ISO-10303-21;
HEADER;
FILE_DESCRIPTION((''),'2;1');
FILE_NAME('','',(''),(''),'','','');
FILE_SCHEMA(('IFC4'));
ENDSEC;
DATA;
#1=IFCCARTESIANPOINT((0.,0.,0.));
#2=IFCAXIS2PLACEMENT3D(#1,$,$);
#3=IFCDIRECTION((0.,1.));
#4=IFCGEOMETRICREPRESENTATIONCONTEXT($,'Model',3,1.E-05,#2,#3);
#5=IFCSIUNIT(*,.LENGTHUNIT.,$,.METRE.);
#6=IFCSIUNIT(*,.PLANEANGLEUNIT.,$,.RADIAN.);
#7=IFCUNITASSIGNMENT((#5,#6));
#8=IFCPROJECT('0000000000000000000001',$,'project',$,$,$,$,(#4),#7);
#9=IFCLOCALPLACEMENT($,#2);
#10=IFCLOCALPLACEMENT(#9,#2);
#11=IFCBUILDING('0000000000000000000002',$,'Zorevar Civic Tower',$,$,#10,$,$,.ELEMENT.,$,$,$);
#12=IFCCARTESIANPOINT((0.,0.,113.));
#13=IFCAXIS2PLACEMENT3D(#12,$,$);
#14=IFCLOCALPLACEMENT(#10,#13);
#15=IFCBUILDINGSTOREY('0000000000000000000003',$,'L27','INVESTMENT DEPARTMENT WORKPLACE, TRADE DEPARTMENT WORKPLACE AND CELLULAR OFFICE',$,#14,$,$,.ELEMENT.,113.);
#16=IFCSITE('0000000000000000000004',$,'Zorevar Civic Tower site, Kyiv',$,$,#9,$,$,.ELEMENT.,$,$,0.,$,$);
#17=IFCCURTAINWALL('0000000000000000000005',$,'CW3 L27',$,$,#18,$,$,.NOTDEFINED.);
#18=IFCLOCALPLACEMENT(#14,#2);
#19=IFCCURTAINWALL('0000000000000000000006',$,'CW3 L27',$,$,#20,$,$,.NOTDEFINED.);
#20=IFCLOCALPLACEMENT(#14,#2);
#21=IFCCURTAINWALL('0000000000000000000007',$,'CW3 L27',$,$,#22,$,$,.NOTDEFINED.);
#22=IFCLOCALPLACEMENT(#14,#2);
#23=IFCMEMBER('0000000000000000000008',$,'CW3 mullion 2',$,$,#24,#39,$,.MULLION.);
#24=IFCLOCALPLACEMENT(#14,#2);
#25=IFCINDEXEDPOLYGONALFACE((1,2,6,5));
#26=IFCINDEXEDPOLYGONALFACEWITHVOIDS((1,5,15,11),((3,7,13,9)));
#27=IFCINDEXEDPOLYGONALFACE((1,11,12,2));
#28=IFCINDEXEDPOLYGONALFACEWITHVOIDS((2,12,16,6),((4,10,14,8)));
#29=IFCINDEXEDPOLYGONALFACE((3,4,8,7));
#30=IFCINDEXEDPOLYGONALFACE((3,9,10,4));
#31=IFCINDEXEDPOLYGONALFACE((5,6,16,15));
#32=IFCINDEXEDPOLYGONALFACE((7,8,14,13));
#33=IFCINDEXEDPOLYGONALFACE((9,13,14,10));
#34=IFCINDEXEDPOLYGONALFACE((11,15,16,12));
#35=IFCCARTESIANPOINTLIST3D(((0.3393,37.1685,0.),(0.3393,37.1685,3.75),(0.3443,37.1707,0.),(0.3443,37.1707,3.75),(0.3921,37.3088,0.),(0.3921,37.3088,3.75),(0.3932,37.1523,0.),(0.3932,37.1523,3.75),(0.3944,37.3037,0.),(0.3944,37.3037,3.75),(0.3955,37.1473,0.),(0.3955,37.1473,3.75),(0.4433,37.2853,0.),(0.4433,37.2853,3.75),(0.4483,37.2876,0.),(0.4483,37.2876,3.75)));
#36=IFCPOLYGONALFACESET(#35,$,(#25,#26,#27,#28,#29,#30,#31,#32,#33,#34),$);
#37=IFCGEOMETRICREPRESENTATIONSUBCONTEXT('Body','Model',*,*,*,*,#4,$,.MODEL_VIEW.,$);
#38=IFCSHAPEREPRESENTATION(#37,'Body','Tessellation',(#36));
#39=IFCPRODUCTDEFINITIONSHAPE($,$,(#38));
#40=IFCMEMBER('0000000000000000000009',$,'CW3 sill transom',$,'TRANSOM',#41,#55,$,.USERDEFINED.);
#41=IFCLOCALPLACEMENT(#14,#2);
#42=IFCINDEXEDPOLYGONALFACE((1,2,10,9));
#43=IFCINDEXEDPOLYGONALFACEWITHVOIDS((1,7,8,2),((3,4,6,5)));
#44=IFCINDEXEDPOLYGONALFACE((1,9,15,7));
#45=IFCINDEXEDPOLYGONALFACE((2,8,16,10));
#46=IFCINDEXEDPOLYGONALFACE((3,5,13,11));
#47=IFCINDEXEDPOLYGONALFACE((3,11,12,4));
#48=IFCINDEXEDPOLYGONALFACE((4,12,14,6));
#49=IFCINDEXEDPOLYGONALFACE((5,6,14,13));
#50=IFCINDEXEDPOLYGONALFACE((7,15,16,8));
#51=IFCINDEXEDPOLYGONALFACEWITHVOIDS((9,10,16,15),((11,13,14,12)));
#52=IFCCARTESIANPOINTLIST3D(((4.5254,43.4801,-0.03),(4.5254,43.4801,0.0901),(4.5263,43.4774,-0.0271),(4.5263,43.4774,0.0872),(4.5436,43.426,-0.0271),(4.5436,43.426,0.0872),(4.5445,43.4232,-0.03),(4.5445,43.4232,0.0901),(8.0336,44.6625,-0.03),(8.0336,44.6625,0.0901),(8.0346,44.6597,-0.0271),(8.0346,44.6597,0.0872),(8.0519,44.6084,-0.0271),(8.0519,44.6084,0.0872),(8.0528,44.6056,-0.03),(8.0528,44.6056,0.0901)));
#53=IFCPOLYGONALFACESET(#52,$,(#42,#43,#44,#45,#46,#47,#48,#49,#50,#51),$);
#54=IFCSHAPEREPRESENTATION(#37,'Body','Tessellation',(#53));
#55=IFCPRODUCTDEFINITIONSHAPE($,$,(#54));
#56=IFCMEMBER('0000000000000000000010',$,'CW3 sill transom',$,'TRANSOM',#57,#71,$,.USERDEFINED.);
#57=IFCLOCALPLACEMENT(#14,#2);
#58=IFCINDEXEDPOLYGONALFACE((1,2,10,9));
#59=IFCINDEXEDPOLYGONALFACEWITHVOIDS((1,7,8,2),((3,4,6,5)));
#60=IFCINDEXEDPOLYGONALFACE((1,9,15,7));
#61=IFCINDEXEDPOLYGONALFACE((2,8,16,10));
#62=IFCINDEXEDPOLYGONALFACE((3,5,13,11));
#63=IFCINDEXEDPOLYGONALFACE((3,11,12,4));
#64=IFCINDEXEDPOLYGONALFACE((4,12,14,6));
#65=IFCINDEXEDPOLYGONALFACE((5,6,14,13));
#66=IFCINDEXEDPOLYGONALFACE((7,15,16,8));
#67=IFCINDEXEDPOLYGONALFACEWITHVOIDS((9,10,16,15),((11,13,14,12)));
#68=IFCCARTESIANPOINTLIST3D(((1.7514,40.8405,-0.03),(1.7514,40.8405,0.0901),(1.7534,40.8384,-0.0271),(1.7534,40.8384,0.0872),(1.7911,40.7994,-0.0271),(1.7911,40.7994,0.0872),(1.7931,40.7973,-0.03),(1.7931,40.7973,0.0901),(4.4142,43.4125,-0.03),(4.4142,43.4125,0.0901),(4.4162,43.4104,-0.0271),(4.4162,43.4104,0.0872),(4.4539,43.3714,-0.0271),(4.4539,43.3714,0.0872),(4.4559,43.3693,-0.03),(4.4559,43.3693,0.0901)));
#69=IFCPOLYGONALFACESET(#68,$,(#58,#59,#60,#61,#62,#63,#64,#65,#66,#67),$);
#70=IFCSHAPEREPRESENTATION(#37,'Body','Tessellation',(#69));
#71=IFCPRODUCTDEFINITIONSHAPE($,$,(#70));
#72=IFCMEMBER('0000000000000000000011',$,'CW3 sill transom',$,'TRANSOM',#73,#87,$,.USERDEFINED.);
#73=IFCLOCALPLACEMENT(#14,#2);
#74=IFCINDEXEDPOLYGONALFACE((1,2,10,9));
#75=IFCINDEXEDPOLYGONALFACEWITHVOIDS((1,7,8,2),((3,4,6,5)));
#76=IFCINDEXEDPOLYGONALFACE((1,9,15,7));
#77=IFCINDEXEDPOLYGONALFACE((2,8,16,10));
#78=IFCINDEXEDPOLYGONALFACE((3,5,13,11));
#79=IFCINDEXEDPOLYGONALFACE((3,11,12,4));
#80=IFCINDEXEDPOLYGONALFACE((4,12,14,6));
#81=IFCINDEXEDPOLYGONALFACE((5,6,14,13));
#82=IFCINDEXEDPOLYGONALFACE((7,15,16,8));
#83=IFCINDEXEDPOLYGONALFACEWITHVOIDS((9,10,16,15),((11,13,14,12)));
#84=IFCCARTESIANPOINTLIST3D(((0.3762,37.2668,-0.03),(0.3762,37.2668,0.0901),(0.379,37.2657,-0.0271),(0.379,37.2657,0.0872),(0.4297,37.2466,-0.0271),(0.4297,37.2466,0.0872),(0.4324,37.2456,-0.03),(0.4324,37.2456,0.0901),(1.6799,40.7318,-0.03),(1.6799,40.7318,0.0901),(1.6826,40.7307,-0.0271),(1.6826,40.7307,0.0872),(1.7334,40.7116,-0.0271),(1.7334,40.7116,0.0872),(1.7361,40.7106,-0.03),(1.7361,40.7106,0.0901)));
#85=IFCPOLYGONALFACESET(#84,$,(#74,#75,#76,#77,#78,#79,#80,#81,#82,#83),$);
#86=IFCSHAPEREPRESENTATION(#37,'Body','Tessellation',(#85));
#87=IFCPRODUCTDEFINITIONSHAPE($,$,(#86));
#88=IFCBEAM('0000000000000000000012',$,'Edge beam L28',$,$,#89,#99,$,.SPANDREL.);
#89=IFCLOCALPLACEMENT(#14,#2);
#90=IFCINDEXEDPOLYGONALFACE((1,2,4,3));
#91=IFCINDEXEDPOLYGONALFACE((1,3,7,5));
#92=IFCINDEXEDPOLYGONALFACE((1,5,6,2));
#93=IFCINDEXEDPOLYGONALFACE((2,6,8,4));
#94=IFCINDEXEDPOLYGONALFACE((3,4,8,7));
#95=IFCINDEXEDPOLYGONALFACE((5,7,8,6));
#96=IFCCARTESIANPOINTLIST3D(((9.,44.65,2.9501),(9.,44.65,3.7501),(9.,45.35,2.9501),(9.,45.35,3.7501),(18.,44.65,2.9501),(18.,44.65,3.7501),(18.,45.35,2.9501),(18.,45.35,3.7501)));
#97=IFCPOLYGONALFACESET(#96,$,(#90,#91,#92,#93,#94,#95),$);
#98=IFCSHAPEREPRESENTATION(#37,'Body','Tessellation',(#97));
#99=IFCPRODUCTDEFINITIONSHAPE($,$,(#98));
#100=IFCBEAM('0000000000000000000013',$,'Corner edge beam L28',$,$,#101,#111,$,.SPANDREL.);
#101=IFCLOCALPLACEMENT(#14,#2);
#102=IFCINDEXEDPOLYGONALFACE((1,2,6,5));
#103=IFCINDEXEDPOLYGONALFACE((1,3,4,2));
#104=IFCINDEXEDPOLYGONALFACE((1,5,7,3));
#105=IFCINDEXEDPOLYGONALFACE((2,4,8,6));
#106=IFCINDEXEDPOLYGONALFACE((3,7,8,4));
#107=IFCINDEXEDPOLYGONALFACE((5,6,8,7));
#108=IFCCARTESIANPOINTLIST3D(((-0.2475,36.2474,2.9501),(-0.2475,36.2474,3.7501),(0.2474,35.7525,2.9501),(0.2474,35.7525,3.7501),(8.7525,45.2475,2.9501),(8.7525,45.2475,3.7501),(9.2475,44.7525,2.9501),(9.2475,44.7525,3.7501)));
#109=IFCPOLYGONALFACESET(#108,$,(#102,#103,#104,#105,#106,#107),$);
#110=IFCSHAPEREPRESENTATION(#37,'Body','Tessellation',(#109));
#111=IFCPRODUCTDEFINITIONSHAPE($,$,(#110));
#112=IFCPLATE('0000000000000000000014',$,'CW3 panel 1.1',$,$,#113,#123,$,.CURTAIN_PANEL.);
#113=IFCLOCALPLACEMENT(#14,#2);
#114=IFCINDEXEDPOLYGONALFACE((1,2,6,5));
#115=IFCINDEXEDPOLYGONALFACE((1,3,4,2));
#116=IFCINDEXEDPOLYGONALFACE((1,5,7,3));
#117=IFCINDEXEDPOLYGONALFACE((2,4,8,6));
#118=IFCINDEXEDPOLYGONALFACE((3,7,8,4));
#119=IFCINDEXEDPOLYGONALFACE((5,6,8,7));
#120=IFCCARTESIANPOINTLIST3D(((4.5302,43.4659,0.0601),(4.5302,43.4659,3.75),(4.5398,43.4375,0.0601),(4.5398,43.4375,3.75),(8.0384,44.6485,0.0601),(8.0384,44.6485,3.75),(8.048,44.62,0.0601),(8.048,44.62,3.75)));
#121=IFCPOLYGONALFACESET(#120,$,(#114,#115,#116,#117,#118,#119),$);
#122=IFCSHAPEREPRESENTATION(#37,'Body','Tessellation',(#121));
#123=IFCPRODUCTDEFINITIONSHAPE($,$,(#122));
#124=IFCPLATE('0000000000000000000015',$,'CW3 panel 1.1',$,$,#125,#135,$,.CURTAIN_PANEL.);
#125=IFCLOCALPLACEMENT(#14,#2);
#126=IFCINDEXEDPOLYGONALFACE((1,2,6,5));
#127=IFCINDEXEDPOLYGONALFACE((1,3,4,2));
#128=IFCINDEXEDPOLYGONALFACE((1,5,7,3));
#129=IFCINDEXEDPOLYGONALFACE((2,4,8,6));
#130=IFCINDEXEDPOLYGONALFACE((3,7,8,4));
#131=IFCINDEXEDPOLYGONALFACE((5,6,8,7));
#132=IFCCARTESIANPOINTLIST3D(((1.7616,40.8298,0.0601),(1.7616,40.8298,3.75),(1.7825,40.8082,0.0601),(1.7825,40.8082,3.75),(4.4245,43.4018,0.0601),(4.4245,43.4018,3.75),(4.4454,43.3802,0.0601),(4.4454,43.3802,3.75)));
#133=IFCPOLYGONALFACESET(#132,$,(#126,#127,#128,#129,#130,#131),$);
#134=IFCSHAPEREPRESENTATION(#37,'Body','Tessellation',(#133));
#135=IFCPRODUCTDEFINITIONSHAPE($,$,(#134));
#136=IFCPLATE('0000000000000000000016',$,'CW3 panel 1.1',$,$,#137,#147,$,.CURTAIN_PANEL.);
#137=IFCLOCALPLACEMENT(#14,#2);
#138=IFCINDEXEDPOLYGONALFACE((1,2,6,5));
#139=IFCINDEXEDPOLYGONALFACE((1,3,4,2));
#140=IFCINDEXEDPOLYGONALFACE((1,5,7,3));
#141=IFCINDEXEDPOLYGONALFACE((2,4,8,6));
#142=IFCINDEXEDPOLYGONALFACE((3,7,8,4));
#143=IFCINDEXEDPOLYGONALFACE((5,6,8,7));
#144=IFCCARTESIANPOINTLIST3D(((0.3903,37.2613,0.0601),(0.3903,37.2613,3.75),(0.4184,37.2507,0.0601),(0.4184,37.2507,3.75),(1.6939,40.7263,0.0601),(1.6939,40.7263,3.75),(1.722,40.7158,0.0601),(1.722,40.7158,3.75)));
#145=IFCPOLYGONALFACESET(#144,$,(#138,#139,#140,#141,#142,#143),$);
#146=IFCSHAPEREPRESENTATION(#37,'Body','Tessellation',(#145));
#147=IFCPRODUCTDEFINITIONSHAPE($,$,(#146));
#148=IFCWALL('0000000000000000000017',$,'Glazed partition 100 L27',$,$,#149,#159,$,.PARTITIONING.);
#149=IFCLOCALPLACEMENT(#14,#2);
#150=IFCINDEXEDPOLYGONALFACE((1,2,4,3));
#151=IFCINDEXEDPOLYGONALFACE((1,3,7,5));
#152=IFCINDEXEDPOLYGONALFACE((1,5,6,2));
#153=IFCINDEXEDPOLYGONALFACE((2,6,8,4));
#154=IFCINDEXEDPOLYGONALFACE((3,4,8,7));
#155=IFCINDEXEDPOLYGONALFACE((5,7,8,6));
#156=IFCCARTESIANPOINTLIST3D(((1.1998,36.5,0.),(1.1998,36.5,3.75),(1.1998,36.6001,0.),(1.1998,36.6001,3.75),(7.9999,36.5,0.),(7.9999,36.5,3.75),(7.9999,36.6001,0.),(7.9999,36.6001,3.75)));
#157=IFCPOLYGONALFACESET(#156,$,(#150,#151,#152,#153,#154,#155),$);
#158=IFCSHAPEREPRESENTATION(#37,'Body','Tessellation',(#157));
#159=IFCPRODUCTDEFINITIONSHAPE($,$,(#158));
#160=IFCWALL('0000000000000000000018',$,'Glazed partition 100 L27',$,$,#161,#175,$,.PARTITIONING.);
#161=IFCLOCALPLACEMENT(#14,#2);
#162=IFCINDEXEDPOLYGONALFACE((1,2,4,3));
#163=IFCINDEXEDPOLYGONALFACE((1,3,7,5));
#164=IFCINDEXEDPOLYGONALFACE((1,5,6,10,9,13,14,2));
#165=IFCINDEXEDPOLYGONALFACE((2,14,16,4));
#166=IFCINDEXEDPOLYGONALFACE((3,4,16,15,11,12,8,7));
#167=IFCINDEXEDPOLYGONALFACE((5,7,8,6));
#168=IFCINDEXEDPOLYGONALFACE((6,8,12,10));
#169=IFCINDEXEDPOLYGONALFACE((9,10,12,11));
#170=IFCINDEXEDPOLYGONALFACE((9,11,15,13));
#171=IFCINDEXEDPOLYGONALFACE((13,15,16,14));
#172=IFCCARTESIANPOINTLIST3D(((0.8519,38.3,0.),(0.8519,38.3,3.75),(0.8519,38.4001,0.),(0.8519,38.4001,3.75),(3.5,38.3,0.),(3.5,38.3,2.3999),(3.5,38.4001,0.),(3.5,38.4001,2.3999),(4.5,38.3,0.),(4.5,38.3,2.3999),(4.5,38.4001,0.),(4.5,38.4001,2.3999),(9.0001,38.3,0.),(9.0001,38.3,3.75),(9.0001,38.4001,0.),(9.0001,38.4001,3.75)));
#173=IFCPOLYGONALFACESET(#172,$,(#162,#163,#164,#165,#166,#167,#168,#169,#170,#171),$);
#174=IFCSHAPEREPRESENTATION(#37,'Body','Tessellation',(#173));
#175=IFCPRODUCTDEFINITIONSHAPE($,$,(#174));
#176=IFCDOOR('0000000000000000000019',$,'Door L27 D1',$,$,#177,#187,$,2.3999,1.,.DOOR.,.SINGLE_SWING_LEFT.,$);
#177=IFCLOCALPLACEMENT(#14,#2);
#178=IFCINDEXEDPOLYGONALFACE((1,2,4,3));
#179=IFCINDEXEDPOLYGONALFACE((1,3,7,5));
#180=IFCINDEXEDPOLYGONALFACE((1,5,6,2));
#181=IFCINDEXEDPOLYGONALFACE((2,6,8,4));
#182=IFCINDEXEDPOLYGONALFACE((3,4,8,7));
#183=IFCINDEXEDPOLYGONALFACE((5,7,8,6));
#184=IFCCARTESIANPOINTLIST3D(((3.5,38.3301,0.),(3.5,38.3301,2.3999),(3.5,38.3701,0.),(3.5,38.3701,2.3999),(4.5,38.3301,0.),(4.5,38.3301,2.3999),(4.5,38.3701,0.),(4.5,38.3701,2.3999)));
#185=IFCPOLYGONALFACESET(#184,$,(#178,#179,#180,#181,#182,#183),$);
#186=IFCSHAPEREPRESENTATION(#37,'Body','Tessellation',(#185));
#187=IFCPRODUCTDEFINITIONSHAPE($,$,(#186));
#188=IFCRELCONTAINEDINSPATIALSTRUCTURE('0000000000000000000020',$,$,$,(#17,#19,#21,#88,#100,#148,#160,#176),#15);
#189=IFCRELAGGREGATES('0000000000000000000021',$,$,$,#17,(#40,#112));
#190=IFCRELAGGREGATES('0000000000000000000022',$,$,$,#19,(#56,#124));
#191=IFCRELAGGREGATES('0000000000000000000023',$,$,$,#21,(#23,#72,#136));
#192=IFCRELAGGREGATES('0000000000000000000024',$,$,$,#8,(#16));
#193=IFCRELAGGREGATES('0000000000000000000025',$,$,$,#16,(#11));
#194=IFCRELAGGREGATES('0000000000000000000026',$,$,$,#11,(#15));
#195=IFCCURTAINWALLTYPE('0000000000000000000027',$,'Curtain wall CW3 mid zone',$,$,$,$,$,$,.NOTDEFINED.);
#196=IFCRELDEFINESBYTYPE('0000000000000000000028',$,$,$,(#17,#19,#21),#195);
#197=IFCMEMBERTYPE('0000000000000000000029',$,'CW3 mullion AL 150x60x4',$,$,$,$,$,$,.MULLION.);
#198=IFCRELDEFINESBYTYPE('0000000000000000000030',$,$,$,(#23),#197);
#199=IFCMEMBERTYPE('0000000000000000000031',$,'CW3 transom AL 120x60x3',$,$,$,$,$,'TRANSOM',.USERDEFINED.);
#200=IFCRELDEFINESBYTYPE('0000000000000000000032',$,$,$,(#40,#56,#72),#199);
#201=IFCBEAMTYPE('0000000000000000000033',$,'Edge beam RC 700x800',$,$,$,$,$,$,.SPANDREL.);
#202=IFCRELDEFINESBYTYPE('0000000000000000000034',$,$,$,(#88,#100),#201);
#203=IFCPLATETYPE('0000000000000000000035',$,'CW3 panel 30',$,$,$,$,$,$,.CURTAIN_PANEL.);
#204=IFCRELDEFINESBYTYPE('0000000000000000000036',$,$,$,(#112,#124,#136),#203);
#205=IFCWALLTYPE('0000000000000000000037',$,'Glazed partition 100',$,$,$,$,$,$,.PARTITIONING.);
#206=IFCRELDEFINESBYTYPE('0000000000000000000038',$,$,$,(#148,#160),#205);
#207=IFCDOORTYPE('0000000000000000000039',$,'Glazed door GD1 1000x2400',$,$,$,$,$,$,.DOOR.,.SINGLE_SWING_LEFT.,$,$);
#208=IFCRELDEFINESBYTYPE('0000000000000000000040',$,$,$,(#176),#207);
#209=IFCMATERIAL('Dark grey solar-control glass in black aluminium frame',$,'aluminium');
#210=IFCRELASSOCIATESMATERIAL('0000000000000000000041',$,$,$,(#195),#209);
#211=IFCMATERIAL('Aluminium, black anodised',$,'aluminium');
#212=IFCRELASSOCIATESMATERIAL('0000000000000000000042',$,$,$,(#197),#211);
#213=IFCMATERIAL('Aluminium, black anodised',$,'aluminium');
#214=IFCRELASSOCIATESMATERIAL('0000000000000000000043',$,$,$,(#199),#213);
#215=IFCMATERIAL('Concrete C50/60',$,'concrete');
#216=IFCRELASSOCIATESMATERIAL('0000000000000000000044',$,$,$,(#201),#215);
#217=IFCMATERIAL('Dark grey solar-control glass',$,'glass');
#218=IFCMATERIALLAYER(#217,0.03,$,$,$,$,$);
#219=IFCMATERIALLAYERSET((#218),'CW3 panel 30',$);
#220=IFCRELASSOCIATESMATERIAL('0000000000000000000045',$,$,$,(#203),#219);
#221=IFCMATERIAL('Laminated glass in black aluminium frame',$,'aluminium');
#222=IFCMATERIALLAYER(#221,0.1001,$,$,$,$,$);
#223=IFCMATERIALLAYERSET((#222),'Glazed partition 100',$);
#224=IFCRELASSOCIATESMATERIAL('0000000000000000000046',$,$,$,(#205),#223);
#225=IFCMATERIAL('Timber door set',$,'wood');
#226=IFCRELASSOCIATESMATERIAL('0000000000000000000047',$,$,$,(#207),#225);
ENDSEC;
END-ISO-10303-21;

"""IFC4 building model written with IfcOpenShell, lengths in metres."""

from ifc_helpers import new_model, si_unit, direction, frame, frame_2d, origin, origin_2d, place, context, subcontext, project, spatial, rectangle, hollow_rectangle, extrude, material, layer, layer_set, material_profile, profile_set, type_object, element, fill, aggregate, save


model = new_model("IFC4")

# Units and contexts
model_context = context("Model", 3, precision=1e-05, world=origin(), true_north=direction((0.0, 1.0)))
body_context = subcontext(model_context, "Body", "Model", "MODEL_VIEW")
ifc_project = project(units=[si_unit("LENGTHUNIT", "METRE"), si_unit("PLANEANGLEUNIT", "RADIAN")], contexts=[model_context])

# Site, building, storey
site_placement = place(None, origin())
site = spatial("IfcSite", under=ifc_project, at=site_placement, Name="Zorevar Civic Tower site, Kyiv", CompositionType="ELEMENT", RefElevation=0.0)
building_placement = place(site_placement, origin())
building = spatial("IfcBuilding", under=site, at=building_placement, Name="Zorevar Civic Tower", CompositionType="ELEMENT")
storey_placement = place(building_placement, frame((0.0, 0.0, 113.0)))
storey = spatial("IfcBuildingStorey", under=building, at=storey_placement, Name="L27", Description="INVESTMENT DEPARTMENT WORKPLACE, TRADE DEPARTMENT WORKPLACE AND CELLULAR OFFICE", CompositionType="ELEMENT", Elevation=113.0)

# Curtain walls, member
ifc_material_1 = material(Name="Dark grey solar-control glass in black aluminium frame", Category="aluminium")
curtain_wall_type = type_object("IfcCurtainWallType", Name="Curtain wall CW3 mid zone", PredefinedType="NOTDEFINED", material=ifc_material_1)
curtain_wall_1_placement = place(storey_placement, origin())
curtain_wall_1 = element("IfcCurtainWall", 1, at=curtain_wall_1_placement, inside=storey, type_object=curtain_wall_type, Name="CW3 L27", PredefinedType="NOTDEFINED")
ifc_material_2 = material(Name="Aluminium, black anodised", Category="aluminium")
ifc_material_profile_1 = material_profile(ifc_material_2, hollow_rectangle(XDim=0.0601, YDim=0.1499, WallThickness=0.0039, at=origin_2d()), Name="AL 150x60x4")
ifc_profile_set_1 = profile_set([ifc_material_profile_1], Name="Aluminium, black anodised")
member_type_1 = type_object("IfcMemberType", Name="CW3 mullion AL 150x60x4", PredefinedType="MULLION", material=ifc_profile_set_1)
curtain_wall_2_placement = place(storey_placement, origin())
curtain_wall_2 = element("IfcCurtainWall", 2, at=curtain_wall_2_placement, inside=storey, type_object=curtain_wall_type, Name="CW3 L27", PredefinedType="NOTDEFINED")
curtain_wall_3_placement = place(storey_placement, origin())
curtain_wall_3 = element("IfcCurtainWall", 3, at=curtain_wall_3_placement, inside=storey, type_object=curtain_wall_type, Name="CW3 L27", PredefinedType="NOTDEFINED")
member_1_placement = place(storey_placement, frame((0.3938, 37.228, 0.0), z_axis=(0.0, 0.0, 1.0), x_axis=(0.935951, -0.352132, 0.0)))
member_1 = element("IfcMember", 4, at=member_1_placement, type_object=member_type_1, Name="CW3 mullion 2", PredefinedType="MULLION", context=body_context, shape_type="SweptSolid", body=[
    extrude(hollow_rectangle(XDim=0.0601, YDim=0.1499, WallThickness=0.0039, at=origin_2d()), origin(), (0.0, 0.0, 1.0), 3.75),
])

# Members
ifc_material_3 = material(Name="Aluminium, black anodised", Category="aluminium")
ifc_material_profile_2 = material_profile(ifc_material_3, hollow_rectangle(XDim=0.0601, YDim=0.1201, WallThickness=0.0029, at=origin_2d()), Name="AL 120x60x3")
ifc_profile_set_2 = profile_set([ifc_material_profile_2], Name="Aluminium, black anodised")
member_type_2 = type_object("IfcMemberType", Name="CW3 transom AL 120x60x3", ElementType="TRANSOM", PredefinedType="USERDEFINED", material=ifc_profile_set_2)
member_2_placement = place(storey_placement, frame((8.0432, 44.634, 0.03), z_axis=(-0.94763, -0.319372, 0.0), x_axis=(0.319372, -0.94763, 0.0)))
member_2 = element("IfcMember", 5, at=member_2_placement, type_object=member_type_2, Name="CW3 sill transom", ObjectType="TRANSOM", PredefinedType="USERDEFINED", context=body_context, shape_type="SweptSolid", body=[
    extrude(hollow_rectangle(XDim=0.0601, YDim=0.1201, WallThickness=0.0029, at=origin_2d()), origin(), (0.0, 0.0, 1.0), 3.7021),
])
member_3_placement = place(storey_placement, frame((4.4351, 43.3909, 0.03), z_axis=(-0.719266, -0.694735, 0.0), x_axis=(0.694735, -0.719266, 0.0)))
member_3 = element("IfcMember", 6, at=member_3_placement, type_object=member_type_2, Name="CW3 sill transom", ObjectType="TRANSOM", PredefinedType="USERDEFINED", context=body_context, shape_type="SweptSolid", body=[
    extrude(hollow_rectangle(XDim=0.0601, YDim=0.1201, WallThickness=0.0029, at=origin_2d()), origin(), (0.0, 0.0, 1.0), 3.7021),
])
member_4_placement = place(storey_placement, frame((1.708, 40.7212, 0.03), z_axis=(-0.352142, -0.935947, 0.0), x_axis=(0.935947, -0.352142, 0.0)))
member_4 = element("IfcMember", 7, at=member_4_placement, type_object=member_type_2, Name="CW3 sill transom", ObjectType="TRANSOM", PredefinedType="USERDEFINED", context=body_context, shape_type="SweptSolid", body=[
    extrude(hollow_rectangle(XDim=0.0601, YDim=0.1201, WallThickness=0.0029, at=origin_2d()), origin(), (0.0, 0.0, 1.0), 3.7021),
])

# Beams
ifc_material_4 = material(Name="Concrete C50/60", Category="concrete")
ifc_material_profile_3 = material_profile(ifc_material_4, rectangle(XDim=0.7, YDim=0.8, at=origin_2d()), Name="RC 700x800")
ifc_profile_set_3 = profile_set([ifc_material_profile_3], Name="Concrete C50/60")
beam_type_1 = type_object("IfcBeamType", Name="Edge beam RC 700x800", PredefinedType="SPANDREL", material=ifc_profile_set_3)
beam_1_placement = place(storey_placement, frame((9.0, 45.0, 3.3501), z_axis=(1.0, 0.0, 0.0), x_axis=(0.0, 1.0, 0.0)))
element("IfcBeam", 8, at=beam_1_placement, inside=storey, type_object=beam_type_1, Name="Edge beam L28", PredefinedType="SPANDREL", context=body_context, shape_type="SweptSolid", body=[
    extrude(rectangle(XDim=0.7, YDim=0.8, at=origin_2d()), origin(), (0.0, 0.0, 1.0), 9.0),
])
beam_2_placement = place(storey_placement, frame((9.0, 45.0, 3.3501), z_axis=(-0.707107, -0.707107, 0.0), x_axis=(0.707107, -0.707107, 0.0)))
element("IfcBeam", 9, at=beam_2_placement, inside=storey, type_object=beam_type_1, Name="Corner edge beam L28", PredefinedType="SPANDREL", context=body_context, shape_type="SweptSolid", body=[
    extrude(rectangle(XDim=0.7, YDim=0.8, at=origin_2d()), origin(), (0.0, 0.0, 1.0), 12.728),
])

# Plates
ifc_material_5 = material(Name="Dark grey solar-control glass", Category="glass")
ifc_layer_1 = layer(ifc_material_5, 0.03)
ifc_layer_set_1 = layer_set([ifc_layer_1], Name="CW3 panel 30")
plate_type = type_object("IfcPlateType", Name="CW3 panel 30", PredefinedType="CURTAIN_PANEL", material=ifc_layer_set_1)
plate_1_placement = place(storey_placement, frame((6.2891, 44.043, 0.0601), z_axis=(0.0, 0.0, 1.0), x_axis=(-0.947616, -0.319413, 0.0)))
plate_1 = element("IfcPlate", 10, at=plate_1_placement, type_object=plate_type, Name="CW3 panel 1.1", PredefinedType="CURTAIN_PANEL", context=body_context, shape_type="SweptSolid", body=[
    extrude(rectangle(XDim=3.7021, YDim=0.03, at=origin_2d()), origin(), (0.0, 0.0, 1.0), 3.6899),
])
aggregate(curtain_wall_1, [member_2, plate_1])
plate_2_placement = place(storey_placement, frame((3.1035, 42.105, 0.0601), z_axis=(0.0, 0.0, 1.0), x_axis=(-0.719281, -0.694719, 0.0)))
plate_2 = element("IfcPlate", 11, at=plate_2_placement, type_object=plate_type, Name="CW3 panel 1.1", PredefinedType="CURTAIN_PANEL", context=body_context, shape_type="SweptSolid", body=[
    extrude(rectangle(XDim=3.7021, YDim=0.03, at=origin_2d()), origin(), (0.0, 0.0, 1.0), 3.6899),
])
aggregate(curtain_wall_2, [member_3, plate_2])
plate_3_placement = place(storey_placement, frame((1.0562, 38.9885, 0.0601), z_axis=(0.0, 0.0, 1.0), x_axis=(-0.352132, -0.935951, 0.0)))
plate_3 = element("IfcPlate", 12, at=plate_3_placement, type_object=plate_type, Name="CW3 panel 1.1", PredefinedType="CURTAIN_PANEL", context=body_context, shape_type="SweptSolid", body=[
    extrude(rectangle(XDim=3.7021, YDim=0.03, at=origin_2d()), origin(), (0.0, 0.0, 1.0), 3.6899),
])
aggregate(curtain_wall_3, [member_1, member_4, plate_3])

# Wall
ifc_material_6 = material(Name="Laminated glass in black aluminium frame", Category="aluminium")
ifc_layer_2 = layer(ifc_material_6, 0.1001)
ifc_layer_set_2 = layer_set([ifc_layer_2], Name="Glazed partition 100")
wall_type_1 = type_object("IfcWallType", Name="Glazed partition 100", PredefinedType="PARTITIONING", material=ifc_layer_set_2)
wall_1_placement = place(storey_placement, frame((1.2, 36.55, 0.0), z_axis=(0.0, 0.0, 1.0), x_axis=(1.0, 0.0, 0.0)))
element("IfcWall", 13, at=wall_1_placement, inside=storey, type_object=wall_type_1, Name="Glazed partition 100 L27", PredefinedType="PARTITIONING", context=body_context, shape_type="SweptSolid", body=[
    extrude(rectangle(XDim=6.8, YDim=0.1001, at=frame_2d((3.3999, 0.0))), origin(), (0.0, 0.0, 1.0), 3.75),
])

# Wall, opening, door
wall_2_placement = place(storey_placement, frame((0.8518, 38.3501, 0.0), z_axis=(0.0, 0.0, 1.0), x_axis=(1.0, 0.0, 0.0)))
wall_2 = element("IfcWall", 14, at=wall_2_placement, inside=storey, type_object=wall_type_1, Name="Glazed partition 100 L27", PredefinedType="PARTITIONING", context=body_context, shape_type="SweptSolid", body=[
    extrude(rectangle(XDim=8.1482, YDim=0.1001, at=frame_2d((4.0742, 0.0))), origin(), (0.0, 0.0, 1.0), 3.75),
])
opening_1_placement = place(wall_2_placement, frame((2.6482, 0.0, 0.0)))
opening_1 = element("IfcOpeningElement", 15, at=opening_1_placement, cuts=wall_2, PredefinedType="OPENING", context=body_context, shape_type="SweptSolid", body=[
    extrude(rectangle(XDim=1.0, YDim=2.3999, at=frame_2d((0.5, 1.2))), frame((0.0, 0.0601, 0.0), z_axis=(0.0, -1.0, 0.0), x_axis=(1.0, 0.0, 0.0)), (0.0, 0.0, 1.0), 0.1201),
])
ifc_material_7 = material(Name="Timber door set", Category="wood")
door_type_1 = type_object("IfcDoorType", Name="Glazed door GD1 1000x2400", OperationType="SINGLE_SWING_LEFT", PredefinedType="DOOR", material=ifc_material_7)
door_1_placement = place(opening_1_placement, origin())
door_1 = element("IfcDoor", 16, at=door_1_placement, inside=storey, type_object=door_type_1, Name="Door L27 D1", OperationType="SINGLE_SWING_LEFT", OverallHeight=2.3999, OverallWidth=1.0, PredefinedType="DOOR", context=body_context, shape_type="SweptSolid", body=[
    extrude(rectangle(XDim=1.0, YDim=2.3999, at=frame_2d((0.5, 1.2))), frame((0.0, 0.02, 0.0), z_axis=(0.0, -1.0, 0.0), x_axis=(1.0, 0.0, 0.0)), (0.0, 0.0, 1.0), 0.04),
])
fill(opening_1, door_1)

save(model, "model.ifc")
